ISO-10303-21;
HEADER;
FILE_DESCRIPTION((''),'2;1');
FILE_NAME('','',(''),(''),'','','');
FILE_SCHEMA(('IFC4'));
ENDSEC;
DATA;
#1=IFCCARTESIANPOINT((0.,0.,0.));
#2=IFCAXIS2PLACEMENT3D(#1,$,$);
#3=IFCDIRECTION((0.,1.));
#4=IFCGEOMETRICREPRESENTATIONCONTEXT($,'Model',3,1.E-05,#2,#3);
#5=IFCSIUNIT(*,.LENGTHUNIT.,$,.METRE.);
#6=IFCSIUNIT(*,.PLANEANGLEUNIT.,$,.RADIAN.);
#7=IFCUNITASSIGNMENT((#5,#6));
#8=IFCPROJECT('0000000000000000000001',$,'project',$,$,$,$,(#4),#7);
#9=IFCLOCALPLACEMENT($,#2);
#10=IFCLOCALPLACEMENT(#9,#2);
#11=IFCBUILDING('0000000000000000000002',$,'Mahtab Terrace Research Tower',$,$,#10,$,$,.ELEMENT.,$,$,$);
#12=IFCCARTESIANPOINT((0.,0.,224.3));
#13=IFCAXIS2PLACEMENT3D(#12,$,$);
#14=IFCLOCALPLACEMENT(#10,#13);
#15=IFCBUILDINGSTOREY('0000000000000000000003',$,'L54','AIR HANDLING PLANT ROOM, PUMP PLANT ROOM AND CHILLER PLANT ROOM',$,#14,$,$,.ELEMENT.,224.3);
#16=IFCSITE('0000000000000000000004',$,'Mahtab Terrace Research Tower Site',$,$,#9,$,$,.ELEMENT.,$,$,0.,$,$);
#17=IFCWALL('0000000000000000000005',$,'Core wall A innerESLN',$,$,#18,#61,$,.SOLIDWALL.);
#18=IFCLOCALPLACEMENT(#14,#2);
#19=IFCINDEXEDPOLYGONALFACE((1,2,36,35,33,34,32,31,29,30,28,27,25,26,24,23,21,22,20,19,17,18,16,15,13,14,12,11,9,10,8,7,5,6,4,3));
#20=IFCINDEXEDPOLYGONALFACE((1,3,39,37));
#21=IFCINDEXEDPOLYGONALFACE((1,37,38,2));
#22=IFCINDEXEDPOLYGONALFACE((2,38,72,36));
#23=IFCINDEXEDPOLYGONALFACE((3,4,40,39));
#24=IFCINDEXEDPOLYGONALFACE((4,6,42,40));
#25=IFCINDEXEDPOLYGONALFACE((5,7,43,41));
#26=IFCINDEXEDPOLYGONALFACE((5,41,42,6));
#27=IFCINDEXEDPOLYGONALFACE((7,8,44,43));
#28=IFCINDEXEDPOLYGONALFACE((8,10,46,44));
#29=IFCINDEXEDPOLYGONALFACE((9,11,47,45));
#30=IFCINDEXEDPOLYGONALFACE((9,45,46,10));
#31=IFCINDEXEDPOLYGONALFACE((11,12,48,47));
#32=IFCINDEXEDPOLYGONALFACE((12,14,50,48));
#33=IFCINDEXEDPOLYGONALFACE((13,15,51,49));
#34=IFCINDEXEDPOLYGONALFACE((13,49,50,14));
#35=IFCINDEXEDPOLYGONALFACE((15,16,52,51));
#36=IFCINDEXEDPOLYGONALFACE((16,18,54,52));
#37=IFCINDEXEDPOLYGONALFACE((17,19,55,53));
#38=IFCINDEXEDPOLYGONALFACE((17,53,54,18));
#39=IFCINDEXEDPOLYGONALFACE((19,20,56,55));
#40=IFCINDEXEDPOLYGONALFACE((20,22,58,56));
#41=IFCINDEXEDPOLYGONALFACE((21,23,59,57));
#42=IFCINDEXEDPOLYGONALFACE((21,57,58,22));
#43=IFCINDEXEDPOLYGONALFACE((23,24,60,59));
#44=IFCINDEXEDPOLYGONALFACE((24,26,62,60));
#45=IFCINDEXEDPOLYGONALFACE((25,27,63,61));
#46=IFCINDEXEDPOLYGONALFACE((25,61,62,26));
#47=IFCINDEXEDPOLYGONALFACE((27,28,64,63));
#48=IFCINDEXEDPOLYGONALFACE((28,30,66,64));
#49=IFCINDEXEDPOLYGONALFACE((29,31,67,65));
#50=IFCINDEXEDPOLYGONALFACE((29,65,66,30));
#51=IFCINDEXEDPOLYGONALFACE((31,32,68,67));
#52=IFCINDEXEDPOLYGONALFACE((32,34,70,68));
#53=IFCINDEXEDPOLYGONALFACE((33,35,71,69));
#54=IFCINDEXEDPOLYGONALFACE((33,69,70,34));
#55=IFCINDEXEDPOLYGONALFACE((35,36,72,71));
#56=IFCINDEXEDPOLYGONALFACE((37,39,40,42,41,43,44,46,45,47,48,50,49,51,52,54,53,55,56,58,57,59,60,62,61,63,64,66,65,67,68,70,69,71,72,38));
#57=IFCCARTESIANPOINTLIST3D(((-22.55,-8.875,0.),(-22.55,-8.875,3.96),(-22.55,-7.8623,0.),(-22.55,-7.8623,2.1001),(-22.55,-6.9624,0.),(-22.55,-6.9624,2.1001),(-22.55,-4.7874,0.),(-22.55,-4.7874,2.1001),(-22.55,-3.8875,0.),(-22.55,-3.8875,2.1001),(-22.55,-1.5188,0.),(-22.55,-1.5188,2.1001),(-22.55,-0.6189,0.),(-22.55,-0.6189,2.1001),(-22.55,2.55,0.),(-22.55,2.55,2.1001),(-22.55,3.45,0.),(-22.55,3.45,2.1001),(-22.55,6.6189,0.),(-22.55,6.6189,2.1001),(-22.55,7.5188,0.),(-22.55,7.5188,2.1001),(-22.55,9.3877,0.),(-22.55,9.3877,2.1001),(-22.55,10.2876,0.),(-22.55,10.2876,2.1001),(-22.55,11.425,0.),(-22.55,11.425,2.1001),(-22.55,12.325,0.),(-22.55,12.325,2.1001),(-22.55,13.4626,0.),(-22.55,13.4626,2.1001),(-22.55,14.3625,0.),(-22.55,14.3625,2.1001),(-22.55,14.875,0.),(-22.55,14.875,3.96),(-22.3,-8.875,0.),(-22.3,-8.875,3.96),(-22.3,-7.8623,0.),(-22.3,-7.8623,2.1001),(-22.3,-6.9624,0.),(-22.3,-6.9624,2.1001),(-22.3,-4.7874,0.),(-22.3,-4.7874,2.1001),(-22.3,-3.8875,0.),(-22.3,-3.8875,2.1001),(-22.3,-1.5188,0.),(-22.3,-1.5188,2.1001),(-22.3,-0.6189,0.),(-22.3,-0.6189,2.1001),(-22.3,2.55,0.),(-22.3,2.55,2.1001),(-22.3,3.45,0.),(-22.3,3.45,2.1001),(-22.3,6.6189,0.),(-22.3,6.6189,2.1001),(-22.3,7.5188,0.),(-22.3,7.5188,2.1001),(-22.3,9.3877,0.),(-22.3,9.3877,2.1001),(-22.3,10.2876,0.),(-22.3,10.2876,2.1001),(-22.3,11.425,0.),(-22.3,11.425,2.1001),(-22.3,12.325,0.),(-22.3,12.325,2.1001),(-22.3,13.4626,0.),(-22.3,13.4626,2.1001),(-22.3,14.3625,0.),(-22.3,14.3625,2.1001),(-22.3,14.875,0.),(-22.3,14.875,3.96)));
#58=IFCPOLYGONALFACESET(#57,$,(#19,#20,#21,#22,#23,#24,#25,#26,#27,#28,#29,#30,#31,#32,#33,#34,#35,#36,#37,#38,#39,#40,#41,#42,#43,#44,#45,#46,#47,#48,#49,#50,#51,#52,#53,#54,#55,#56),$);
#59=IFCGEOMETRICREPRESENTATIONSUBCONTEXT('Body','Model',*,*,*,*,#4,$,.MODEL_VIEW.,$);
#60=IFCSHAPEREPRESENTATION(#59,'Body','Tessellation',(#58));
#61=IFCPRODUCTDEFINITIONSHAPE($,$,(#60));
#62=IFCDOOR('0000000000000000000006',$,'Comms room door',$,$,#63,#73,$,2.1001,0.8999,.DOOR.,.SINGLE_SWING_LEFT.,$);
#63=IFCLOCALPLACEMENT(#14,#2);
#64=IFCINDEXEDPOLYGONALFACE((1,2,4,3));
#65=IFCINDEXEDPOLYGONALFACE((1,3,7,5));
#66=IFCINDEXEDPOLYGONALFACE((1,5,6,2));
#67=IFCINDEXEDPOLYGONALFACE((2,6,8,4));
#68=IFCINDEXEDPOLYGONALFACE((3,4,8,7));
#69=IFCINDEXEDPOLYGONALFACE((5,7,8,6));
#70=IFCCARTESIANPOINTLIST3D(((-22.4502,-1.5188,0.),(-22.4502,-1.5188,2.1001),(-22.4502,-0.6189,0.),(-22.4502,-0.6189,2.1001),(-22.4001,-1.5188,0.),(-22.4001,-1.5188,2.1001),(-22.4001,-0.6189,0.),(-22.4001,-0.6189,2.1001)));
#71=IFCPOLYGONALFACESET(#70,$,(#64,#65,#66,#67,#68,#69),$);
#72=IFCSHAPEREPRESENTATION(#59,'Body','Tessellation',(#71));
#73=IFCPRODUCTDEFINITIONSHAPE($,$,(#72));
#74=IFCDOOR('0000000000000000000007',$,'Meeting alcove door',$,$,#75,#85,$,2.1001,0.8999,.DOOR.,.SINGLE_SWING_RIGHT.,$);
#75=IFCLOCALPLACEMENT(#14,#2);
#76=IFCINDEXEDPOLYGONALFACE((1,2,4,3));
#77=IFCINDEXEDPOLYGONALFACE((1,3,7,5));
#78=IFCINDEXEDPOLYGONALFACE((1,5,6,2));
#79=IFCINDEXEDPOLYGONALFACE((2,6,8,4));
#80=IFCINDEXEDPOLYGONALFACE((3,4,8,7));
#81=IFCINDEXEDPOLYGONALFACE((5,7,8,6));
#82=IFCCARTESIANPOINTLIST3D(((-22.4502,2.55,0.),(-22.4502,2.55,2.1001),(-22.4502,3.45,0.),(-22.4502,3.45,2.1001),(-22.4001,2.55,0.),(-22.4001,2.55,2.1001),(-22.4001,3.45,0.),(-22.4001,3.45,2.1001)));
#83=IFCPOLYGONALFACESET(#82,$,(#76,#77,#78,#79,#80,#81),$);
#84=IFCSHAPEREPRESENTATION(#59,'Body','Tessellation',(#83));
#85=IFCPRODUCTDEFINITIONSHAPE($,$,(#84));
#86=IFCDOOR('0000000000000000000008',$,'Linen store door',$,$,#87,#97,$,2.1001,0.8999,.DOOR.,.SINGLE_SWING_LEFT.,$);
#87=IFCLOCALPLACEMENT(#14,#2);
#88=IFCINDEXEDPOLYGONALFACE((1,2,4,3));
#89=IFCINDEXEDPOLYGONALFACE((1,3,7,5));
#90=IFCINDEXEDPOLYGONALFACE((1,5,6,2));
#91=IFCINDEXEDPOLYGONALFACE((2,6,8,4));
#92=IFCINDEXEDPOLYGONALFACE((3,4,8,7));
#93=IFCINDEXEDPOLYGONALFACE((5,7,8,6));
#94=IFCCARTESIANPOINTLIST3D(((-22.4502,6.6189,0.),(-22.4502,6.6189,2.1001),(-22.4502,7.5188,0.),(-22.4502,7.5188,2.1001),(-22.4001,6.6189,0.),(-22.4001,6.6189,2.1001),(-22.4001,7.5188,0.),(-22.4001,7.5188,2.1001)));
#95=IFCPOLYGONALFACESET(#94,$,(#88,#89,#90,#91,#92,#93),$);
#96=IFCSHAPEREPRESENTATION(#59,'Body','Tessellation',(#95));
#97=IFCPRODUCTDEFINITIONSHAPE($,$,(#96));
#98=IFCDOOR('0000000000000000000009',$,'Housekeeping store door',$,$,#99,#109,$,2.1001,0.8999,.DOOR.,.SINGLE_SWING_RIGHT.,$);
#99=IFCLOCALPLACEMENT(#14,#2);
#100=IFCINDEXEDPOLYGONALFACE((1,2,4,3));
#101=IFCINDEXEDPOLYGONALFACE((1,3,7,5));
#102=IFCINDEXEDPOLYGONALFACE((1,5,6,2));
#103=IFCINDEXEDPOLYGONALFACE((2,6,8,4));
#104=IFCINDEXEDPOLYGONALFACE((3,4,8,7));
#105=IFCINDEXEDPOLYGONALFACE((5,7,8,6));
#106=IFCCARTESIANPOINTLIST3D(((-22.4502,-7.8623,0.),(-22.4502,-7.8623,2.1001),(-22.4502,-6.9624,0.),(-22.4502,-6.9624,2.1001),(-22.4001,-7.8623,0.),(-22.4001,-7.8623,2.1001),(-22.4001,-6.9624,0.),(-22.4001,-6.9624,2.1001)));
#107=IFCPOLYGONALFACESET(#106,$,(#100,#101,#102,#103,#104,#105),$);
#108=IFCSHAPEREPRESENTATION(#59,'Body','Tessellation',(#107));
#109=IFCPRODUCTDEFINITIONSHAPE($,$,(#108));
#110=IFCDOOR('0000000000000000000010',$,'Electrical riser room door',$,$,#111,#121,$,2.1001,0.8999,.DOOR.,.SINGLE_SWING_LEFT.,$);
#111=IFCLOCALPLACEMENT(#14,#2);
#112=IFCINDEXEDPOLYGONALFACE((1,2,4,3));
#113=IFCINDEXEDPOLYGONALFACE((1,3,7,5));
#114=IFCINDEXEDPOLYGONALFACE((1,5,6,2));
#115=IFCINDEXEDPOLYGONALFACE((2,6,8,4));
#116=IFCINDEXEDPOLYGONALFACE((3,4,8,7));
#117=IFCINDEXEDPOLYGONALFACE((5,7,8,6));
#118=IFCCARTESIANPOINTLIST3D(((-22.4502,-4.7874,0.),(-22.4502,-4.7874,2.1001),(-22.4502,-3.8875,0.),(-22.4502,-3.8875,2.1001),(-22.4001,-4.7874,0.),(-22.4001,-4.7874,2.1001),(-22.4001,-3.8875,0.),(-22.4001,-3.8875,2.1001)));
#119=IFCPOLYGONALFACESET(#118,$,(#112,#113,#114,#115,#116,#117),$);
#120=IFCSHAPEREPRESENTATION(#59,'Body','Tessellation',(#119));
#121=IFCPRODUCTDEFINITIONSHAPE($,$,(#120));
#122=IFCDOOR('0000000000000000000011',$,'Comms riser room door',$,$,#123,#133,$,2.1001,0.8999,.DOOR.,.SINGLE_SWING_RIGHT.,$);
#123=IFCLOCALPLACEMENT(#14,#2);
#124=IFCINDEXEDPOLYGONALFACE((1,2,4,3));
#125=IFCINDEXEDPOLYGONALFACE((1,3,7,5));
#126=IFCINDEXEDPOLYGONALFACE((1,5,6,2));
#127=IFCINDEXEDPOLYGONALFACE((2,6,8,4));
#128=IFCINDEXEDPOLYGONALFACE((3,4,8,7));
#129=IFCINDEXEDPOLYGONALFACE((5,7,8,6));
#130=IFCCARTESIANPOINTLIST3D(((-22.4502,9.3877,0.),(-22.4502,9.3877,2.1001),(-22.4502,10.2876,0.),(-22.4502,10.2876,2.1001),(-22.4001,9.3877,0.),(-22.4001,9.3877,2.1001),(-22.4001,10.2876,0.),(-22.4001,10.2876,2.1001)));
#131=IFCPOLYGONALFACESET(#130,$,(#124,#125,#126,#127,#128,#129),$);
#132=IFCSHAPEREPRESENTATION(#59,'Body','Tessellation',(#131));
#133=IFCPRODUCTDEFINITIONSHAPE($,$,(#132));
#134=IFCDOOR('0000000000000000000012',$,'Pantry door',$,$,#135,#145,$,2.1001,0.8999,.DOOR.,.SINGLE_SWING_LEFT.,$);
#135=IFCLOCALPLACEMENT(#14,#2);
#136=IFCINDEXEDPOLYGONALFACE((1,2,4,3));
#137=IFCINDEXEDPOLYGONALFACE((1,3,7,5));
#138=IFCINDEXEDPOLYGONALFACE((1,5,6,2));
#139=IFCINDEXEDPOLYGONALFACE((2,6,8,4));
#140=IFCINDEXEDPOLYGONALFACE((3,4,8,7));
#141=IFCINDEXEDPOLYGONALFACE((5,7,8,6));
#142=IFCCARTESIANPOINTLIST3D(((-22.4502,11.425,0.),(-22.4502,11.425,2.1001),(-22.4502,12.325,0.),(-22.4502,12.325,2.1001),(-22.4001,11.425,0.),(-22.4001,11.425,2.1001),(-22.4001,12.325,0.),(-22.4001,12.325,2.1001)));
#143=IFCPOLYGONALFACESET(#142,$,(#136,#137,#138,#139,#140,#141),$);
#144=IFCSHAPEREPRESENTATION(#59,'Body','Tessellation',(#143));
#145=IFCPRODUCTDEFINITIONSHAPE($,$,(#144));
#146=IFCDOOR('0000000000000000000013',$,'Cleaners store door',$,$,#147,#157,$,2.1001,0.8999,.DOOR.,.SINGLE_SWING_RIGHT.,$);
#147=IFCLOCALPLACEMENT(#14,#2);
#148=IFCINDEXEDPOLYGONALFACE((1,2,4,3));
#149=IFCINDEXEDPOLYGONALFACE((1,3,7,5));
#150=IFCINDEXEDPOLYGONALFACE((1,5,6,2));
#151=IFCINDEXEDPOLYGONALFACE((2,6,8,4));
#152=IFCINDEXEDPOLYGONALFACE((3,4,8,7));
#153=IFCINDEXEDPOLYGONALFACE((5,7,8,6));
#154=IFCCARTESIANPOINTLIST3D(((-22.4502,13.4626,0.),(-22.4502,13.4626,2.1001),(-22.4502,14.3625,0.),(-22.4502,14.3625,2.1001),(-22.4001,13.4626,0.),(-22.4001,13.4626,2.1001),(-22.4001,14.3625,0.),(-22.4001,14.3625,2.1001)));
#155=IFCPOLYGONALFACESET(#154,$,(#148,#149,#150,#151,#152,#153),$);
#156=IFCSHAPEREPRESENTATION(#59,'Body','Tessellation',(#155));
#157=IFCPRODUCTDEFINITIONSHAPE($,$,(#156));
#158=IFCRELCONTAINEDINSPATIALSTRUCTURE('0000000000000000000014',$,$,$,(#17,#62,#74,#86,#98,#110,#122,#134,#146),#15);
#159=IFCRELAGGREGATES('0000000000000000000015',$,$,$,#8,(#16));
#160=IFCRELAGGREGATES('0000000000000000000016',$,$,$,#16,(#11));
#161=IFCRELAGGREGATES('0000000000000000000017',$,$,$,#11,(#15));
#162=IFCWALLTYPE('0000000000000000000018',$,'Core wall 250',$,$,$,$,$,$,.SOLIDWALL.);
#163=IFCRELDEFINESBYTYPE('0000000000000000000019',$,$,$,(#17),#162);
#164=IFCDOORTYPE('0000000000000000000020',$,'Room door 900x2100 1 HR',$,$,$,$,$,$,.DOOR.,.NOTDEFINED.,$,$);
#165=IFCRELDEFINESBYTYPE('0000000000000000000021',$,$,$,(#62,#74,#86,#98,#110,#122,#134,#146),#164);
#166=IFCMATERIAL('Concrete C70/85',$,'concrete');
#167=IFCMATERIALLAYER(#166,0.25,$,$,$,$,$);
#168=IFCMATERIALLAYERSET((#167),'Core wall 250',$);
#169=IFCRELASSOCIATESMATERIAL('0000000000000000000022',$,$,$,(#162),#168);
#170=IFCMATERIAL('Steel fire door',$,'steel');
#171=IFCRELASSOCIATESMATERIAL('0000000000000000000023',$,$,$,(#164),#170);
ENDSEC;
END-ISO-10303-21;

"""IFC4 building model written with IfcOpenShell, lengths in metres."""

from ifc_helpers import new_model, si_unit, direction, frame, frame_2d, origin, place, context, subcontext, project, spatial, rectangle, extrude, material, layer, layer_set, type_object, element, fill, save


model = new_model("IFC4")

# Units and contexts
model_context = context("Model", 3, precision=1e-05, world=origin(), true_north=direction((0.0, 1.0)))
body_context = subcontext(model_context, "Body", "Model", "MODEL_VIEW")
ifc_project = project(units=[si_unit("LENGTHUNIT", "METRE"), si_unit("PLANEANGLEUNIT", "RADIAN")], contexts=[model_context])

# Site, building, storey
site_placement = place(None, origin())
site = spatial("IfcSite", under=ifc_project, at=site_placement, Name="Mahtab Terrace Research Tower Site", CompositionType="ELEMENT", RefElevation=0.0)
building_placement = place(site_placement, origin())
building = spatial("IfcBuilding", under=site, at=building_placement, Name="Mahtab Terrace Research Tower", CompositionType="ELEMENT")
storey_placement = place(building_placement, frame((0.0, 0.0, 224.3)))
storey = spatial("IfcBuildingStorey", under=building, at=storey_placement, Name="L54", Description="AIR HANDLING PLANT ROOM, PUMP PLANT ROOM AND CHILLER PLANT ROOM", CompositionType="ELEMENT", Elevation=224.3)

# Shared definitions
ifc_material_1 = material(Name="Concrete C70/85", Category="concrete")
ifc_layer_1 = layer(ifc_material_1, 0.25)
ifc_layer_set_1 = layer_set([ifc_layer_1], Name="Core wall 250")
wall_type_1 = type_object("IfcWallType", Name="Core wall 250", PredefinedType="SOLIDWALL", material=ifc_layer_set_1)

# Shared definitions
ifc_material_2 = material(Name="Steel fire door", Category="steel")

# Wall, openings, doors
wall_1_placement = place(storey_placement, frame((-22.425, 14.875, 0.0), z_axis=(0.0, 0.0, 1.0), x_axis=(0.0, -1.0, 0.0)))
wall_1 = element("IfcWall", 1, at=wall_1_placement, inside=storey, type_object=wall_type_1, Name="Core wall A innerESLN", PredefinedType="SOLIDWALL", context=body_context, shape_type="SweptSolid", body=[
    extrude(rectangle(XDim=23.75, YDim=0.25, at=frame_2d((11.875, 0.0))), origin(), (0.0, 0.0, 1.0), 3.96),
])
opening_1_placement = place(wall_1_placement, frame((15.4939, 0.0, 0.0)))
opening_1 = element("IfcOpeningElement", 2, at=opening_1_placement, cuts=wall_1, PredefinedType="OPENING", context=body_context, shape_type="SweptSolid", body=[
    extrude(rectangle(XDim=0.8999, YDim=2.1001, at=frame_2d((0.45, 1.05))), frame((0.0, 0.135, 0.0), z_axis=(0.0, -1.0, 0.0), x_axis=(1.0, 0.0, 0.0)), (0.0, 0.0, 1.0), 0.27),
])
opening_2_placement = place(wall_1_placement, frame((11.425, 0.0, 0.0)))
opening_2 = element("IfcOpeningElement", 3, at=opening_2_placement, cuts=wall_1, PredefinedType="OPENING", context=body_context, shape_type="SweptSolid", body=[
    extrude(rectangle(XDim=0.8999, YDim=2.1001, at=frame_2d((0.45, 1.05))), frame((0.0, 0.135, 0.0), z_axis=(0.0, -1.0, 0.0), x_axis=(1.0, 0.0, 0.0)), (0.0, 0.0, 1.0), 0.27),
])
opening_3_placement = place(wall_1_placement, frame((7.3562, 0.0, 0.0)))
opening_3 = element("IfcOpeningElement", 4, at=opening_3_placement, cuts=wall_1, PredefinedType="OPENING", context=body_context, shape_type="SweptSolid", body=[
    extrude(rectangle(XDim=0.8999, YDim=2.1001, at=frame_2d((0.45, 1.05))), frame((0.0, 0.135, 0.0), z_axis=(0.0, -1.0, 0.0), x_axis=(1.0, 0.0, 0.0)), (0.0, 0.0, 1.0), 0.27),
])
opening_4_placement = place(wall_1_placement, frame((21.8374, 0.0, 0.0)))
opening_4 = element("IfcOpeningElement", 5, at=opening_4_placement, cuts=wall_1, PredefinedType="OPENING", context=body_context, shape_type="SweptSolid", body=[
    extrude(rectangle(XDim=0.8999, YDim=2.1001, at=frame_2d((0.45, 1.05))), frame((0.0, 0.135, 0.0), z_axis=(0.0, -1.0, 0.0), x_axis=(1.0, 0.0, 0.0)), (0.0, 0.0, 1.0), 0.27),
])
opening_5_placement = place(wall_1_placement, frame((18.7625, 0.0, 0.0)))
opening_5 = element("IfcOpeningElement", 6, at=opening_5_placement, cuts=wall_1, PredefinedType="OPENING", context=body_context, shape_type="SweptSolid", body=[
    extrude(rectangle(XDim=0.8999, YDim=2.1001, at=frame_2d((0.45, 1.05))), frame((0.0, 0.135, 0.0), z_axis=(0.0, -1.0, 0.0), x_axis=(1.0, 0.0, 0.0)), (0.0, 0.0, 1.0), 0.27),
])
opening_6_placement = place(wall_1_placement, frame((4.5874, 0.0, 0.0)))
opening_6 = element("IfcOpeningElement", 7, at=opening_6_placement, cuts=wall_1, PredefinedType="OPENING", context=body_context, shape_type="SweptSolid", body=[
    extrude(rectangle(XDim=0.8999, YDim=2.1001, at=frame_2d((0.45, 1.05))), frame((0.0, 0.135, 0.0), z_axis=(0.0, -1.0, 0.0), x_axis=(1.0, 0.0, 0.0)), (0.0, 0.0, 1.0), 0.27),
])
opening_7_placement = place(wall_1_placement, frame((2.55, 0.0, 0.0)))
opening_7 = element("IfcOpeningElement", 8, at=opening_7_placement, cuts=wall_1, PredefinedType="OPENING", context=body_context, shape_type="SweptSolid", body=[
    extrude(rectangle(XDim=0.8999, YDim=2.1001, at=frame_2d((0.45, 1.05))), frame((0.0, 0.135, 0.0), z_axis=(0.0, -1.0, 0.0), x_axis=(1.0, 0.0, 0.0)), (0.0, 0.0, 1.0), 0.27),
])
opening_8_placement = place(wall_1_placement, frame((0.5125, 0.0, 0.0)))
opening_8 = element("IfcOpeningElement", 9, at=opening_8_placement, cuts=wall_1, PredefinedType="OPENING", context=body_context, shape_type="SweptSolid", body=[
    extrude(rectangle(XDim=0.8999, YDim=2.1001, at=frame_2d((0.45, 1.05))), frame((0.0, 0.135, 0.0), z_axis=(0.0, -1.0, 0.0), x_axis=(1.0, 0.0, 0.0)), (0.0, 0.0, 1.0), 0.27),
])
door_type_1 = type_object("IfcDoorType", Name="Room door 900x2100 1 HR", OperationType="NOTDEFINED", PredefinedType="DOOR", material=ifc_material_2)
door_1_placement = place(opening_1_placement, origin())
door_1 = element("IfcDoor", 10, at=door_1_placement, inside=storey, type_object=door_type_1, Name="Comms room door", OperationType="SINGLE_SWING_LEFT", OverallHeight=2.1001, OverallWidth=0.8999, PredefinedType="DOOR", context=body_context, shape_type="SweptSolid", body=[
    extrude(rectangle(XDim=0.8999, YDim=2.1001, at=frame_2d((0.45, 1.05))), frame((0.0, 0.0249, 0.0), z_axis=(0.0, -1.0, 0.0), x_axis=(1.0, 0.0, 0.0)), (0.0, 0.0, 1.0), 0.05),
])
fill(opening_1, door_1)
door_2_placement = place(opening_2_placement, origin())
door_2 = element("IfcDoor", 11, at=door_2_placement, inside=storey, type_object=door_type_1, Name="Meeting alcove door", OperationType="SINGLE_SWING_RIGHT", OverallHeight=2.1001, OverallWidth=0.8999, PredefinedType="DOOR", context=body_context, shape_type="SweptSolid", body=[
    extrude(rectangle(XDim=0.8999, YDim=2.1001, at=frame_2d((0.45, 1.05))), frame((0.0, 0.0249, 0.0), z_axis=(0.0, -1.0, 0.0), x_axis=(1.0, 0.0, 0.0)), (0.0, 0.0, 1.0), 0.05),
])
fill(opening_2, door_2)
door_3_placement = place(opening_3_placement, origin())
door_3 = element("IfcDoor", 12, at=door_3_placement, inside=storey, type_object=door_type_1, Name="Linen store door", OperationType="SINGLE_SWING_LEFT", OverallHeight=2.1001, OverallWidth=0.8999, PredefinedType="DOOR", context=body_context, shape_type="SweptSolid", body=[
    extrude(rectangle(XDim=0.8999, YDim=2.1001, at=frame_2d((0.45, 1.05))), frame((0.0, 0.0249, 0.0), z_axis=(0.0, -1.0, 0.0), x_axis=(1.0, 0.0, 0.0)), (0.0, 0.0, 1.0), 0.05),
])
fill(opening_3, door_3)
door_4_placement = place(opening_4_placement, origin())
door_4 = element("IfcDoor", 13, at=door_4_placement, inside=storey, type_object=door_type_1, Name="Housekeeping store door", OperationType="SINGLE_SWING_RIGHT", OverallHeight=2.1001, OverallWidth=0.8999, PredefinedType="DOOR", context=body_context, shape_type="SweptSolid", body=[
    extrude(rectangle(XDim=0.8999, YDim=2.1001, at=frame_2d((0.45, 1.05))), frame((0.0, 0.0249, 0.0), z_axis=(0.0, -1.0, 0.0), x_axis=(1.0, 0.0, 0.0)), (0.0, 0.0, 1.0), 0.05),
])
fill(opening_4, door_4)
door_5_placement = place(opening_5_placement, origin())
door_5 = element("IfcDoor", 14, at=door_5_placement, inside=storey, type_object=door_type_1, Name="Electrical riser room door", OperationType="SINGLE_SWING_LEFT", OverallHeight=2.1001, OverallWidth=0.8999, PredefinedType="DOOR", context=body_context, shape_type="SweptSolid", body=[
    extrude(rectangle(XDim=0.8999, YDim=2.1001, at=frame_2d((0.45, 1.05))), frame((0.0, 0.0249, 0.0), z_axis=(0.0, -1.0, 0.0), x_axis=(1.0, 0.0, 0.0)), (0.0, 0.0, 1.0), 0.05),
])
fill(opening_5, door_5)
door_6_placement = place(opening_6_placement, origin())
door_6 = element("IfcDoor", 15, at=door_6_placement, inside=storey, type_object=door_type_1, Name="Comms riser room door", OperationType="SINGLE_SWING_RIGHT", OverallHeight=2.1001, OverallWidth=0.8999, PredefinedType="DOOR", context=body_context, shape_type="SweptSolid", body=[
    extrude(rectangle(XDim=0.8999, YDim=2.1001, at=frame_2d((0.45, 1.05))), frame((0.0, 0.0249, 0.0), z_axis=(0.0, -1.0, 0.0), x_axis=(1.0, 0.0, 0.0)), (0.0, 0.0, 1.0), 0.05),
])
fill(opening_6, door_6)
door_7_placement = place(opening_7_placement, origin())
door_7 = element("IfcDoor", 16, at=door_7_placement, inside=storey, type_object=door_type_1, Name="Pantry door", OperationType="SINGLE_SWING_LEFT", OverallHeight=2.1001, OverallWidth=0.8999, PredefinedType="DOOR", context=body_context, shape_type="SweptSolid", body=[
    extrude(rectangle(XDim=0.8999, YDim=2.1001, at=frame_2d((0.45, 1.05))), frame((0.0, 0.0249, 0.0), z_axis=(0.0, -1.0, 0.0), x_axis=(1.0, 0.0, 0.0)), (0.0, 0.0, 1.0), 0.05),
])
fill(opening_7, door_7)
door_8_placement = place(opening_8_placement, origin())
door_8 = element("IfcDoor", 17, at=door_8_placement, inside=storey, type_object=door_type_1, Name="Cleaners store door", OperationType="SINGLE_SWING_RIGHT", OverallHeight=2.1001, OverallWidth=0.8999, PredefinedType="DOOR", context=body_context, shape_type="SweptSolid", body=[
    extrude(rectangle(XDim=0.8999, YDim=2.1001, at=frame_2d((0.45, 1.05))), frame((0.0, 0.0249, 0.0), z_axis=(0.0, -1.0, 0.0), x_axis=(1.0, 0.0, 0.0)), (0.0, 0.0, 1.0), 0.05),
])
fill(opening_8, door_8)

save(model, "model.ifc")
